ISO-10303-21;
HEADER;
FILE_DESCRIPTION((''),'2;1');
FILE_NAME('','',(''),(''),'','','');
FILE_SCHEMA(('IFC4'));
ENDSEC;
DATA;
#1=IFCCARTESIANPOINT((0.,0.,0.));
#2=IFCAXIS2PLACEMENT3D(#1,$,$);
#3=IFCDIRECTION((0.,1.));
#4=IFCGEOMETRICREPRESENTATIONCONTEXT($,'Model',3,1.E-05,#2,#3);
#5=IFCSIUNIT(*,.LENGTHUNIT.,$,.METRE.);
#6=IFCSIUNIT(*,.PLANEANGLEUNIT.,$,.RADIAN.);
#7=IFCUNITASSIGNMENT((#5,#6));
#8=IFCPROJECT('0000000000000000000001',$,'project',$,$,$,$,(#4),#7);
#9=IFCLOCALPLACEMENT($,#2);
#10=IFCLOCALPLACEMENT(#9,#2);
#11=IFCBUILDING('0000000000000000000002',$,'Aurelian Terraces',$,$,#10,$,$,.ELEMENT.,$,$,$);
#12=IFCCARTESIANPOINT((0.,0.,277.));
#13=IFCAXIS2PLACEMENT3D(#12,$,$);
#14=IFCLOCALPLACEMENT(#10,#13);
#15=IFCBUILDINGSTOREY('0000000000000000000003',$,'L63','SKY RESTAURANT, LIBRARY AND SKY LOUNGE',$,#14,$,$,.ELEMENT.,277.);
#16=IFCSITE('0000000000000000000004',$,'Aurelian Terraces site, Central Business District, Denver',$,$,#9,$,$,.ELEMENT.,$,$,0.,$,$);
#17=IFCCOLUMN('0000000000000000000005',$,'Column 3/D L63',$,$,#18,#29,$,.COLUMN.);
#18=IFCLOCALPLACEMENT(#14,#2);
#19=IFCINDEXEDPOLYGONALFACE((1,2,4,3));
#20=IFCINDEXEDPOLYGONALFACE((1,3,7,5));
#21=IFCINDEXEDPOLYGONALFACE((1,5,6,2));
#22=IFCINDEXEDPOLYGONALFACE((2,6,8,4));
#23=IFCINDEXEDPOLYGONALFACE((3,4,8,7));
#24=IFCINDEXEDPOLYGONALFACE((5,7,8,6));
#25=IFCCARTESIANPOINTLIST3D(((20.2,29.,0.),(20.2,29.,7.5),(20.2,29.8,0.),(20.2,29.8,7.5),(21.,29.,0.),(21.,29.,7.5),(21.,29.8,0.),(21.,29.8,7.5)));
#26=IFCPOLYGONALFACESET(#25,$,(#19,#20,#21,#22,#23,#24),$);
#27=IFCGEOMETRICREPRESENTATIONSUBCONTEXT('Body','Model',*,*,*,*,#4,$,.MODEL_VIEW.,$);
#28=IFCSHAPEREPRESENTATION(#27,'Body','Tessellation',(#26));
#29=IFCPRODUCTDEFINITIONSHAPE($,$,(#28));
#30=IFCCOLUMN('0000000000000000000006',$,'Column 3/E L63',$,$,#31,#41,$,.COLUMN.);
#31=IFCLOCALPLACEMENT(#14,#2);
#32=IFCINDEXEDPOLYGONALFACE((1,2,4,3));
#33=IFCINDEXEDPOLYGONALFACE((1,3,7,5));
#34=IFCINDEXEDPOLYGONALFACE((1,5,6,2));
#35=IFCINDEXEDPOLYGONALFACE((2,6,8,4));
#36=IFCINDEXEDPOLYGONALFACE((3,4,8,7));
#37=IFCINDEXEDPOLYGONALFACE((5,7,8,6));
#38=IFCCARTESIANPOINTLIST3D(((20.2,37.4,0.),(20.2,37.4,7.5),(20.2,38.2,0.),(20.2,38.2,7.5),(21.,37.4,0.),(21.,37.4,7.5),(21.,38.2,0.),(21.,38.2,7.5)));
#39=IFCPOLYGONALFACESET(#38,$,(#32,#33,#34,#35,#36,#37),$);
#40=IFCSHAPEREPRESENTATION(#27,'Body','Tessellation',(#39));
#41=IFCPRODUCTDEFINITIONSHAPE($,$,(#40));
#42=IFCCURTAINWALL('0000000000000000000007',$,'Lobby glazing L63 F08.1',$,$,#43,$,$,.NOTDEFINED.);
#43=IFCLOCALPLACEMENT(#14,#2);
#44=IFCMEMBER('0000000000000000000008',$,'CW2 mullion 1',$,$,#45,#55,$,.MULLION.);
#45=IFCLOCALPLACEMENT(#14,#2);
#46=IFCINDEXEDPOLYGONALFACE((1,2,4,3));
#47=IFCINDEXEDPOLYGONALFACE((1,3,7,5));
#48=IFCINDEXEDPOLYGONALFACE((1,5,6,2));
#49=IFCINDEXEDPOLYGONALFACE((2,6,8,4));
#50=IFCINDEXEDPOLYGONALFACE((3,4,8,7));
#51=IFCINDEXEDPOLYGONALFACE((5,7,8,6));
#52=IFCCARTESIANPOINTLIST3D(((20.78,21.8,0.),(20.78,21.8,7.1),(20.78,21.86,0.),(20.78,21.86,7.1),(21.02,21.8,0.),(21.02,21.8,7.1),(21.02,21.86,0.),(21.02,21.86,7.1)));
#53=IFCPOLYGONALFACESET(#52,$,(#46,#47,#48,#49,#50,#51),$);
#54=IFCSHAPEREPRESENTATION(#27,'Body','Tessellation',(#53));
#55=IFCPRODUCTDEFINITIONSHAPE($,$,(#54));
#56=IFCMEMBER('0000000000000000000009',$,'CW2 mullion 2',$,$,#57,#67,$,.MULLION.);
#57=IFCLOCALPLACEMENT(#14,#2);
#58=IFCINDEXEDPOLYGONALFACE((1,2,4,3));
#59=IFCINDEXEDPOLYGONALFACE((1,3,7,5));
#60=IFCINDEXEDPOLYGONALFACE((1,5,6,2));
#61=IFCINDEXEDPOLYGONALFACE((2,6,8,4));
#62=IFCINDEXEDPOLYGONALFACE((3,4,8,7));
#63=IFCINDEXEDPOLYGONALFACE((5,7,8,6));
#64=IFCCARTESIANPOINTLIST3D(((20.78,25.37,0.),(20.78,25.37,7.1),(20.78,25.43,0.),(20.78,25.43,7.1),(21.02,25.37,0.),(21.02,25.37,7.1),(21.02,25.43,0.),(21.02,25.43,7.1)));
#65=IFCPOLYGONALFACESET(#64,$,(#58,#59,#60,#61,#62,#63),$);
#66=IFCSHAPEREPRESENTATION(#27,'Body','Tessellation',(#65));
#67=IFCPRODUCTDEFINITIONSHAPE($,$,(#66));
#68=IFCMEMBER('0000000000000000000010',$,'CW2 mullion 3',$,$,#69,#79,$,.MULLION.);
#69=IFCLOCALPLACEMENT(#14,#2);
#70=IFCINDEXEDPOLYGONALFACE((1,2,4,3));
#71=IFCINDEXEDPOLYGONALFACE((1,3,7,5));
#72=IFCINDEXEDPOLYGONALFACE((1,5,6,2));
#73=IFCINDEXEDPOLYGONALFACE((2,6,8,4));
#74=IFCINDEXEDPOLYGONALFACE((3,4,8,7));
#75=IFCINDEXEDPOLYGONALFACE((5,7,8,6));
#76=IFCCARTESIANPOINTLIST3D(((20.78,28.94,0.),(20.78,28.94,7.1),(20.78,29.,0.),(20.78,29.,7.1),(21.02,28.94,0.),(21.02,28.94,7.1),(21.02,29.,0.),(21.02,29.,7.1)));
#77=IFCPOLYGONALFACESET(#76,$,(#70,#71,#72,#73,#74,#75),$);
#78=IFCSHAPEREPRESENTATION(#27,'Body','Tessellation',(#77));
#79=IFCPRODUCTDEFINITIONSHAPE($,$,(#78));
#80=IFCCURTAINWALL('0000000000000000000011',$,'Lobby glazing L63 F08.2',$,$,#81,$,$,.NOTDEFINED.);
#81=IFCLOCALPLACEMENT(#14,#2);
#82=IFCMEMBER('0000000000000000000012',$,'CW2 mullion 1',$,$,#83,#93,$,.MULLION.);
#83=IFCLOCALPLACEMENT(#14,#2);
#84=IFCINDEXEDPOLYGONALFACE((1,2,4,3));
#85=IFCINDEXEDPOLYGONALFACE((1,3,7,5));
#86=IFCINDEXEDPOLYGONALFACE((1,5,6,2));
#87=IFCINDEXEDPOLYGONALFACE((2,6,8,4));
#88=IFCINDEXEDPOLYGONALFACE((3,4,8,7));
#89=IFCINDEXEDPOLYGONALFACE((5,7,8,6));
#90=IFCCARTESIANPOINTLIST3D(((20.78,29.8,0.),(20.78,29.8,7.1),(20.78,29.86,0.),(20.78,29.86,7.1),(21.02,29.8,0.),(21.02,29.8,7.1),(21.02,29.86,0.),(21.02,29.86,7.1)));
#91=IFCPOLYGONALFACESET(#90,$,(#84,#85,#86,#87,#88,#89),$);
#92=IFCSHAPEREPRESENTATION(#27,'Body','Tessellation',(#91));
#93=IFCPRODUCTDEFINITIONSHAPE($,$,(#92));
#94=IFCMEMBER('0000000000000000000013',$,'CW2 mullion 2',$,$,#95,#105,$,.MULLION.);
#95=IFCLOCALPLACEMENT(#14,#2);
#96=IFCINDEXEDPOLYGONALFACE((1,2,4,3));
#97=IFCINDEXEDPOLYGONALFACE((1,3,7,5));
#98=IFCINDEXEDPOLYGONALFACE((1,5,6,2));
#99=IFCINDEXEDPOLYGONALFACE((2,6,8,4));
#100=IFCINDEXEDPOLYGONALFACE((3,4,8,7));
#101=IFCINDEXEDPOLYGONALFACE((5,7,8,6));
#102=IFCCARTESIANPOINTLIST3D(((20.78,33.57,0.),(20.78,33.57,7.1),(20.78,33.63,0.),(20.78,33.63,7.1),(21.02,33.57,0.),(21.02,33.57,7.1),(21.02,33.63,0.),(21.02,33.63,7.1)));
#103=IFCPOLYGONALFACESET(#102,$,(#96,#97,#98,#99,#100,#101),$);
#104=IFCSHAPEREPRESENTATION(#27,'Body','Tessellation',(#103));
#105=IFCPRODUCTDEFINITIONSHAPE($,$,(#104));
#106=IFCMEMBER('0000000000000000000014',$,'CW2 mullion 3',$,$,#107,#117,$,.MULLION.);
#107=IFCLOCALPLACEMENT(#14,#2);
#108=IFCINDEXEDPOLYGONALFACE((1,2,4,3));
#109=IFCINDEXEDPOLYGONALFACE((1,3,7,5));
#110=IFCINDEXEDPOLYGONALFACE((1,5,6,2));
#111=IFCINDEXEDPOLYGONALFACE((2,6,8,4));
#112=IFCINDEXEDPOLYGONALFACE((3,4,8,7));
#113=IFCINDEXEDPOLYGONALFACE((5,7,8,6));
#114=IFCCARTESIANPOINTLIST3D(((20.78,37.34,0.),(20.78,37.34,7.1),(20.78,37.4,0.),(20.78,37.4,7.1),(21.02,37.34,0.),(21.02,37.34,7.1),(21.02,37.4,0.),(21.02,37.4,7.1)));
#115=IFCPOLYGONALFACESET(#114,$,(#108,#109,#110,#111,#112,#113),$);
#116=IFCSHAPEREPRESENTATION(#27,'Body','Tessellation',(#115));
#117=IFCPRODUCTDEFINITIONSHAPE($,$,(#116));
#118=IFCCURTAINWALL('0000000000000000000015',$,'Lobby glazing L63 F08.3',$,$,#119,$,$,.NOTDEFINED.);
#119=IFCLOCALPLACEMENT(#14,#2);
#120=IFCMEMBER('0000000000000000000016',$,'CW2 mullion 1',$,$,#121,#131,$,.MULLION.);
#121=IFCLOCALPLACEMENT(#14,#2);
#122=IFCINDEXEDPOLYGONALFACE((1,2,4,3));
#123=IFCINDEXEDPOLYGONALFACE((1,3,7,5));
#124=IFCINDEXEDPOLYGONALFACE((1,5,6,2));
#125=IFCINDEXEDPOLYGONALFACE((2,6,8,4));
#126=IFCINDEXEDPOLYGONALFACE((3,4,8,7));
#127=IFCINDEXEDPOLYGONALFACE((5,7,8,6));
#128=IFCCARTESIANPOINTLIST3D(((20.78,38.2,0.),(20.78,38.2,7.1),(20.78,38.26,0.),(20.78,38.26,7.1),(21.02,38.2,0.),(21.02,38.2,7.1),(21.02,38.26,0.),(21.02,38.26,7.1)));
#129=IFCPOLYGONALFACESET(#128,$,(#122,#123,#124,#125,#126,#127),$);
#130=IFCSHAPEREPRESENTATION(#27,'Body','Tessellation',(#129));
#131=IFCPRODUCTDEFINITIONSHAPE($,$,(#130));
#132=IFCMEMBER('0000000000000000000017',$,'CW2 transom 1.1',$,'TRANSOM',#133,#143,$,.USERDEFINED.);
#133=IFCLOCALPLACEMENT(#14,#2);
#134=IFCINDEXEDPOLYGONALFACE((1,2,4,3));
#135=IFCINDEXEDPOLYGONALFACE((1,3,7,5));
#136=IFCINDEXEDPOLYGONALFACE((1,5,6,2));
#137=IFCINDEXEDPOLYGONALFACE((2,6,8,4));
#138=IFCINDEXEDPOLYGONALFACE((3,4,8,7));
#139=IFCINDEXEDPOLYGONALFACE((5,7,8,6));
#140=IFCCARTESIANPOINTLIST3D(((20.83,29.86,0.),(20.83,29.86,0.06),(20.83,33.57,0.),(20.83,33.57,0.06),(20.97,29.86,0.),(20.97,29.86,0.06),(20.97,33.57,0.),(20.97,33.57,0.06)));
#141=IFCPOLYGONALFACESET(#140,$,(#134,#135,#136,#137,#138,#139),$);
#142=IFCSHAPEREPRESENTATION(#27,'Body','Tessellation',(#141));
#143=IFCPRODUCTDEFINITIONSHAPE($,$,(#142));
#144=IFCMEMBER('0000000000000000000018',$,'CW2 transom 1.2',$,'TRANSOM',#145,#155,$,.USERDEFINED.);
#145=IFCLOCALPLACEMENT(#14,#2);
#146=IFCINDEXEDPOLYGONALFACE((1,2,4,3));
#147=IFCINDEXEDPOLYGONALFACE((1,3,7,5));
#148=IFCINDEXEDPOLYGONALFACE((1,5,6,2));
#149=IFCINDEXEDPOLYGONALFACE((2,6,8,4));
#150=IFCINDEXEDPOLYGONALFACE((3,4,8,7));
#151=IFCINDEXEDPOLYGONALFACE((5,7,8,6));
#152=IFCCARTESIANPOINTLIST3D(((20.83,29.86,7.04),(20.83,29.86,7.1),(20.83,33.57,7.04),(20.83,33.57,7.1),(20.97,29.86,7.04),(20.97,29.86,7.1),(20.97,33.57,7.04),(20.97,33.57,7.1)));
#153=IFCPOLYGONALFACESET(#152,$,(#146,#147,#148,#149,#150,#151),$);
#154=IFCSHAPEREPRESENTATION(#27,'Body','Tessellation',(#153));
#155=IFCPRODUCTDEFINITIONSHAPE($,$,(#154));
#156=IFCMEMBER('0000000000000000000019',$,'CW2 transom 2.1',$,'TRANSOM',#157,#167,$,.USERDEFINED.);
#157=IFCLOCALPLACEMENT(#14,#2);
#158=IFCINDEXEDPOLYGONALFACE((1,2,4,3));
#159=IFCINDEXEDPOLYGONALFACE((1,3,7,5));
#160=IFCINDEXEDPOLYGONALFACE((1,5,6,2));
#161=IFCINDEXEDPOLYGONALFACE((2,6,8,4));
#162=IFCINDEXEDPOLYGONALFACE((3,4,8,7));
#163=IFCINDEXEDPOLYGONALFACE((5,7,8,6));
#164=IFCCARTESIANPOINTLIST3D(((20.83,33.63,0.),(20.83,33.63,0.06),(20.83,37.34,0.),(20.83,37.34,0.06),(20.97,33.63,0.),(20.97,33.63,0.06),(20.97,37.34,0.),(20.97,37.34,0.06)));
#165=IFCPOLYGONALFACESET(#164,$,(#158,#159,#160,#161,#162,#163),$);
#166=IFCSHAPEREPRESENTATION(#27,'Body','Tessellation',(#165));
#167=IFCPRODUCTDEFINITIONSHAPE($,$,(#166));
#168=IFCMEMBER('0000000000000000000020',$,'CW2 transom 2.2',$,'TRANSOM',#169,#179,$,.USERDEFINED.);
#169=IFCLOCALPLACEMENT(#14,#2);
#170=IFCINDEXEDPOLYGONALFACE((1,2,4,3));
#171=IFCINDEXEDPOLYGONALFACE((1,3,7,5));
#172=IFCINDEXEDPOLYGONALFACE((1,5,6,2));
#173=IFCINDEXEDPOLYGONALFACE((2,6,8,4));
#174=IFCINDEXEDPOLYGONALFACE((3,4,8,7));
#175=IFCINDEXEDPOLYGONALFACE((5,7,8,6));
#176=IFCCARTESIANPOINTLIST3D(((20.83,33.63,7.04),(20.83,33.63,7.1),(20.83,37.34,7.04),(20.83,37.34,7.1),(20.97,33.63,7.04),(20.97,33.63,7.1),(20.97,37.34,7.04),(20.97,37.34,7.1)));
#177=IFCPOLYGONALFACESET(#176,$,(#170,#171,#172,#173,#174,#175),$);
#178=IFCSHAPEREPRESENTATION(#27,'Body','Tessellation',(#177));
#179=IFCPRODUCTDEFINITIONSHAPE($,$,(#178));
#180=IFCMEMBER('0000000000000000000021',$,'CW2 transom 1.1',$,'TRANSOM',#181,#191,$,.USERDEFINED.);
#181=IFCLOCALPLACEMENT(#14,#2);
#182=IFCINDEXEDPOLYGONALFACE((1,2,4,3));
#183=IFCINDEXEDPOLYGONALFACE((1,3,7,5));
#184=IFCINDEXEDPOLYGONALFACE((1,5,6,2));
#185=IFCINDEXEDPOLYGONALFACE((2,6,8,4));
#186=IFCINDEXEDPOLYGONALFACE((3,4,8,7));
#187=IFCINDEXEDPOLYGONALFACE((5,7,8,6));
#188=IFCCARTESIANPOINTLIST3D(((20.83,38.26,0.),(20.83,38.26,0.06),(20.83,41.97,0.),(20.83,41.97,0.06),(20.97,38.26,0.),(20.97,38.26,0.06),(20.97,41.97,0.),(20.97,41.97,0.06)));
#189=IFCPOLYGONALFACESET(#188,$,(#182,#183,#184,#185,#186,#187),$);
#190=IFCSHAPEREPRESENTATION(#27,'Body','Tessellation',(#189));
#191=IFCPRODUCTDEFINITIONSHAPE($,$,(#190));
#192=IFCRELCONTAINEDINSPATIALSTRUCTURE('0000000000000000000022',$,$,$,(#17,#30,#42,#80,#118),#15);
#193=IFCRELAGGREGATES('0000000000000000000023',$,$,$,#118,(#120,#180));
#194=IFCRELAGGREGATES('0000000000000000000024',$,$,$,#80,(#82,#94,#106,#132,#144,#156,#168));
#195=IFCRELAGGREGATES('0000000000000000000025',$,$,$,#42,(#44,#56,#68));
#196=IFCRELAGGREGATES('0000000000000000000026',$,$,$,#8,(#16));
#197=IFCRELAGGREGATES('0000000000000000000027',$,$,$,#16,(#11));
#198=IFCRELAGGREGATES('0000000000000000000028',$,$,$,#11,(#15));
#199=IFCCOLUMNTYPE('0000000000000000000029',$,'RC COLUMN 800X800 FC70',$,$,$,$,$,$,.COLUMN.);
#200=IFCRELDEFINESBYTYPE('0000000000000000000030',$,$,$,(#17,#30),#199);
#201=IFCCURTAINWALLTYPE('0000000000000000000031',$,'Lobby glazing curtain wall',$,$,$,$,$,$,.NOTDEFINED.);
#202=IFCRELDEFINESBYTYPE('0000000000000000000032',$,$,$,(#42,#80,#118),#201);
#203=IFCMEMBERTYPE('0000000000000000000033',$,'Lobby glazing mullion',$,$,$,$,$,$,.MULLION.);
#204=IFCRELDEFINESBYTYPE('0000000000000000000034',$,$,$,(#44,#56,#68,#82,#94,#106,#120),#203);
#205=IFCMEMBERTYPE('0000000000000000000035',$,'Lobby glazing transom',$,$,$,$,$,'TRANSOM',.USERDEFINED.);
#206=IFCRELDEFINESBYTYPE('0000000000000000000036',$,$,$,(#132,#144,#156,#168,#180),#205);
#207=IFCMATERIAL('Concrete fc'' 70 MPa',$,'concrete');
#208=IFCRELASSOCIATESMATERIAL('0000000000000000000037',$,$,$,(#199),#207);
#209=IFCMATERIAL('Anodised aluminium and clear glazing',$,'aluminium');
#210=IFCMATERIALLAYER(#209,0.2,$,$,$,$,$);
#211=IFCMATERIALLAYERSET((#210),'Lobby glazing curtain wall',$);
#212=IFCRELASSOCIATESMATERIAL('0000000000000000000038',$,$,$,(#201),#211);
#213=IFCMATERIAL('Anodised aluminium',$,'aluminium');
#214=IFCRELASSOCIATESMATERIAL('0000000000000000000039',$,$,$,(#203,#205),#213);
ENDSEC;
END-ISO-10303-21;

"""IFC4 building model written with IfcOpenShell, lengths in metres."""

from ifc_helpers import new_model, si_unit, direction, frame, origin, origin_2d, place, context, subcontext, project, spatial, rectangle, extrude, source, transform, mapped, material, layer, layer_set, material_profile, profile_set, type_object, element, aggregate, save


model = new_model("IFC4")

# Units and contexts
model_context = context("Model", 3, precision=1e-05, world=origin(), true_north=direction((0.0, 1.0)))
body_context = subcontext(model_context, "Body", "Model", "MODEL_VIEW")
ifc_project = project(units=[si_unit("LENGTHUNIT", "METRE"), si_unit("PLANEANGLEUNIT", "RADIAN")], contexts=[model_context])

# Site, building, storey
site_placement = place(None, origin())
site = spatial("IfcSite", under=ifc_project, at=site_placement, Name="Aurelian Terraces site, Central Business District, Denver", CompositionType="ELEMENT", RefElevation=0.0)
building_placement = place(site_placement, origin())
building = spatial("IfcBuilding", under=site, at=building_placement, Name="Aurelian Terraces", CompositionType="ELEMENT")
storey_placement = place(building_placement, frame((0.0, 0.0, 277.0)))
storey = spatial("IfcBuildingStorey", under=building, at=storey_placement, Name="L63", Description="SKY RESTAURANT, LIBRARY AND SKY LOUNGE", CompositionType="ELEMENT", Elevation=277.0)

# Columns
ifc_material_1 = material(Name="Concrete fc' 70 MPa", Category="concrete")
ifc_material_profile_1 = material_profile(ifc_material_1, rectangle(XDim=0.8, YDim=0.8, at=origin_2d()))
ifc_profile_set_1 = profile_set([ifc_material_profile_1], Name="Concrete fc' 70 MPa")
column_type = type_object("IfcColumnType", Name="RC COLUMN 800X800 FC70", PredefinedType="COLUMN", material=ifc_profile_set_1)
shared_shape_1 = source(origin(), body_context, "Body", "SweptSolid", [
    extrude(rectangle(XDim=0.8, YDim=0.8, at=origin_2d()), origin(), (0.0, 0.0, 1.0), 7.5),
])
for number, where, z_axis, x_axis, name in (
    (1, (20.6, 29.4, 0.0), (0.0, 0.0, 1.0), (1.0, 0.0, 0.0), "Column 3/D L63"),
    (2, (20.6, 37.8, 0.0), (0.0, 0.0, 1.0), (1.0, 0.0, 0.0), "Column 3/E L63"),
):
    element("IfcColumn", number, at=place(storey_placement, frame(where, z_axis=z_axis, x_axis=x_axis)), inside=storey, type_object=column_type, Name=name, PredefinedType="COLUMN", context=body_context, shape_type="MappedRepresentation", body=[
        mapped(shared_shape_1, transform((0.0, 0.0, 0.0), scale=1.0)),
    ])

# Curtain walls, members
ifc_material_2 = material(Name="Anodised aluminium and clear glazing", Category="aluminium")
ifc_layer_1 = layer(ifc_material_2, 0.2)
ifc_layer_set_1 = layer_set([ifc_layer_1], Name="Lobby glazing curtain wall")
curtain_wall_type = type_object("IfcCurtainWallType", Name="Lobby glazing curtain wall", PredefinedType="NOTDEFINED", material=ifc_layer_set_1)
curtain_wall_1_placement = place(storey_placement, origin())
curtain_wall_1 = element("IfcCurtainWall", 3, at=curtain_wall_1_placement, inside=storey, type_object=curtain_wall_type, Name="Lobby glazing L63 F08.1", PredefinedType="NOTDEFINED")
ifc_material_3 = material(Name="Anodised aluminium", Category="aluminium")
ifc_material_profile_2 = material_profile(ifc_material_3, rectangle(XDim=0.24, YDim=0.06, at=origin_2d()))
ifc_profile_set_2 = profile_set([ifc_material_profile_2], Name="Anodised aluminium")
member_type_1 = type_object("IfcMemberType", Name="Lobby glazing mullion", PredefinedType="MULLION", material=ifc_profile_set_2)
shared_shape_2 = source(origin(), body_context, "Body", "SweptSolid", [
    extrude(rectangle(XDim=0.24, YDim=0.06, at=origin_2d()), origin(), (0.0, 0.0, 1.0), 7.1),
])
member_1_placement = place(storey_placement, frame((20.9, 21.83, 0.0), z_axis=(0.0, 0.0, 1.0), x_axis=(-1.0, 0.0, 0.0)))
member_1 = element("IfcMember", 4, at=member_1_placement, type_object=member_type_1, Name="CW2 mullion 1", PredefinedType="MULLION", context=body_context, shape_type="MappedRepresentation", body=[
    mapped(shared_shape_2, transform((0.0, 0.0, 0.0), scale=1.0)),
])
member_2_placement = place(storey_placement, frame((20.9, 25.4, 0.0), z_axis=(0.0, 0.0, 1.0), x_axis=(-1.0, 0.0, 0.0)))
member_2 = element("IfcMember", 5, at=member_2_placement, type_object=member_type_1, Name="CW2 mullion 2", PredefinedType="MULLION", context=body_context, shape_type="MappedRepresentation", body=[
    mapped(shared_shape_2, transform((0.0, 0.0, 0.0), scale=1.0)),
])
member_3_placement = place(storey_placement, frame((20.9, 28.97, 0.0), z_axis=(0.0, 0.0, 1.0), x_axis=(-1.0, 0.0, 0.0)))
member_3 = element("IfcMember", 6, at=member_3_placement, type_object=member_type_1, Name="CW2 mullion 3", PredefinedType="MULLION", context=body_context, shape_type="MappedRepresentation", body=[
    mapped(shared_shape_2, transform((0.0, 0.0, 0.0), scale=1.0)),
])
curtain_wall_2_placement = place(storey_placement, origin())
curtain_wall_2 = element("IfcCurtainWall", 7, at=curtain_wall_2_placement, inside=storey, type_object=curtain_wall_type, Name="Lobby glazing L63 F08.2", PredefinedType="NOTDEFINED")
member_4_placement = place(storey_placement, frame((20.9, 29.83, 0.0), z_axis=(0.0, 0.0, 1.0), x_axis=(-1.0, 0.0, 0.0)))
member_4 = element("IfcMember", 8, at=member_4_placement, type_object=member_type_1, Name="CW2 mullion 1", PredefinedType="MULLION", context=body_context, shape_type="MappedRepresentation", body=[
    mapped(shared_shape_2, transform((0.0, 0.0, 0.0), scale=1.0)),
])
member_5_placement = place(storey_placement, frame((20.9, 33.6, 0.0), z_axis=(0.0, 0.0, 1.0), x_axis=(-1.0, 0.0, 0.0)))
member_5 = element("IfcMember", 9, at=member_5_placement, type_object=member_type_1, Name="CW2 mullion 2", PredefinedType="MULLION", context=body_context, shape_type="MappedRepresentation", body=[
    mapped(shared_shape_2, transform((0.0, 0.0, 0.0), scale=1.0)),
])
member_6_placement = place(storey_placement, frame((20.9, 37.37, 0.0), z_axis=(0.0, 0.0, 1.0), x_axis=(-1.0, 0.0, 0.0)))
member_6 = element("IfcMember", 10, at=member_6_placement, type_object=member_type_1, Name="CW2 mullion 3", PredefinedType="MULLION", context=body_context, shape_type="MappedRepresentation", body=[
    mapped(shared_shape_2, transform((0.0, 0.0, 0.0), scale=1.0)),
])

# Curtain wall, member
curtain_wall_3_placement = place(storey_placement, origin())
curtain_wall_3 = element("IfcCurtainWall", 11, at=curtain_wall_3_placement, inside=storey, type_object=curtain_wall_type, Name="Lobby glazing L63 F08.3", PredefinedType="NOTDEFINED")
member_7_placement = place(storey_placement, frame((20.9, 38.23, 0.0), z_axis=(0.0, 0.0, 1.0), x_axis=(-1.0, 0.0, 0.0)))
member_7 = element("IfcMember", 12, at=member_7_placement, type_object=member_type_1, Name="CW2 mullion 1", PredefinedType="MULLION", context=body_context, shape_type="MappedRepresentation", body=[
    mapped(shared_shape_2, transform((0.0, 0.0, 0.0), scale=1.0)),
])

# Members
ifc_material_profile_3 = material_profile(ifc_material_3, rectangle(XDim=0.14, YDim=0.06, at=origin_2d()))
ifc_profile_set_3 = profile_set([ifc_material_profile_3], Name="Anodised aluminium")
member_type_2 = type_object("IfcMemberType", Name="Lobby glazing transom", ElementType="TRANSOM", PredefinedType="USERDEFINED", material=ifc_profile_set_3)
shared_shape_3 = source(origin(), body_context, "Body", "SweptSolid", [
    extrude(rectangle(XDim=0.14, YDim=0.06, at=origin_2d()), origin(), (0.0, 0.0, 1.0), 3.71),
])
member_8_placement = place(storey_placement, frame((20.9, 29.86, 0.03), z_axis=(0.0, 1.0, 0.0), x_axis=(-1.0, 0.0, 0.0)))
member_8 = element("IfcMember", 13, at=member_8_placement, type_object=member_type_2, Name="CW2 transom 1.1", ObjectType="TRANSOM", PredefinedType="USERDEFINED", context=body_context, shape_type="MappedRepresentation", body=[
    mapped(shared_shape_3, transform((0.0, 0.0, 0.0), scale=1.0)),
])
member_9_placement = place(storey_placement, frame((20.9, 29.86, 7.07), z_axis=(0.0, 1.0, 0.0), x_axis=(-1.0, 0.0, 0.0)))
member_9 = element("IfcMember", 14, at=member_9_placement, type_object=member_type_2, Name="CW2 transom 1.2", ObjectType="TRANSOM", PredefinedType="USERDEFINED", context=body_context, shape_type="MappedRepresentation", body=[
    mapped(shared_shape_3, transform((0.0, 0.0, 0.0), scale=1.0)),
])
member_10_placement = place(storey_placement, frame((20.9, 33.63, 0.03), z_axis=(0.0, 1.0, 0.0), x_axis=(-1.0, 0.0, 0.0)))
member_10 = element("IfcMember", 15, at=member_10_placement, type_object=member_type_2, Name="CW2 transom 2.1", ObjectType="TRANSOM", PredefinedType="USERDEFINED", context=body_context, shape_type="MappedRepresentation", body=[
    mapped(shared_shape_3, transform((0.0, 0.0, 0.0), scale=1.0)),
])
member_11_placement = place(storey_placement, frame((20.9, 33.63, 7.07), z_axis=(0.0, 1.0, 0.0), x_axis=(-1.0, 0.0, 0.0)))
member_11 = element("IfcMember", 16, at=member_11_placement, type_object=member_type_2, Name="CW2 transom 2.2", ObjectType="TRANSOM", PredefinedType="USERDEFINED", context=body_context, shape_type="MappedRepresentation", body=[
    mapped(shared_shape_3, transform((0.0, 0.0, 0.0), scale=1.0)),
])
member_12_placement = place(storey_placement, frame((20.9, 38.26, 0.03), z_axis=(0.0, 1.0, 0.0), x_axis=(-1.0, 0.0, 0.0)))
member_12 = element("IfcMember", 17, at=member_12_placement, type_object=member_type_2, Name="CW2 transom 1.1", ObjectType="TRANSOM", PredefinedType="USERDEFINED", context=body_context, shape_type="MappedRepresentation", body=[
    mapped(shared_shape_3, transform((0.0, 0.0, 0.0), scale=1.0)),
])
aggregate(curtain_wall_3, [member_7, member_12])

aggregate(curtain_wall_2, [member_4, member_5, member_6, member_8, member_9, member_10, member_11])
aggregate(curtain_wall_1, [member_1, member_2, member_3])

save(model, "model.ifc")
